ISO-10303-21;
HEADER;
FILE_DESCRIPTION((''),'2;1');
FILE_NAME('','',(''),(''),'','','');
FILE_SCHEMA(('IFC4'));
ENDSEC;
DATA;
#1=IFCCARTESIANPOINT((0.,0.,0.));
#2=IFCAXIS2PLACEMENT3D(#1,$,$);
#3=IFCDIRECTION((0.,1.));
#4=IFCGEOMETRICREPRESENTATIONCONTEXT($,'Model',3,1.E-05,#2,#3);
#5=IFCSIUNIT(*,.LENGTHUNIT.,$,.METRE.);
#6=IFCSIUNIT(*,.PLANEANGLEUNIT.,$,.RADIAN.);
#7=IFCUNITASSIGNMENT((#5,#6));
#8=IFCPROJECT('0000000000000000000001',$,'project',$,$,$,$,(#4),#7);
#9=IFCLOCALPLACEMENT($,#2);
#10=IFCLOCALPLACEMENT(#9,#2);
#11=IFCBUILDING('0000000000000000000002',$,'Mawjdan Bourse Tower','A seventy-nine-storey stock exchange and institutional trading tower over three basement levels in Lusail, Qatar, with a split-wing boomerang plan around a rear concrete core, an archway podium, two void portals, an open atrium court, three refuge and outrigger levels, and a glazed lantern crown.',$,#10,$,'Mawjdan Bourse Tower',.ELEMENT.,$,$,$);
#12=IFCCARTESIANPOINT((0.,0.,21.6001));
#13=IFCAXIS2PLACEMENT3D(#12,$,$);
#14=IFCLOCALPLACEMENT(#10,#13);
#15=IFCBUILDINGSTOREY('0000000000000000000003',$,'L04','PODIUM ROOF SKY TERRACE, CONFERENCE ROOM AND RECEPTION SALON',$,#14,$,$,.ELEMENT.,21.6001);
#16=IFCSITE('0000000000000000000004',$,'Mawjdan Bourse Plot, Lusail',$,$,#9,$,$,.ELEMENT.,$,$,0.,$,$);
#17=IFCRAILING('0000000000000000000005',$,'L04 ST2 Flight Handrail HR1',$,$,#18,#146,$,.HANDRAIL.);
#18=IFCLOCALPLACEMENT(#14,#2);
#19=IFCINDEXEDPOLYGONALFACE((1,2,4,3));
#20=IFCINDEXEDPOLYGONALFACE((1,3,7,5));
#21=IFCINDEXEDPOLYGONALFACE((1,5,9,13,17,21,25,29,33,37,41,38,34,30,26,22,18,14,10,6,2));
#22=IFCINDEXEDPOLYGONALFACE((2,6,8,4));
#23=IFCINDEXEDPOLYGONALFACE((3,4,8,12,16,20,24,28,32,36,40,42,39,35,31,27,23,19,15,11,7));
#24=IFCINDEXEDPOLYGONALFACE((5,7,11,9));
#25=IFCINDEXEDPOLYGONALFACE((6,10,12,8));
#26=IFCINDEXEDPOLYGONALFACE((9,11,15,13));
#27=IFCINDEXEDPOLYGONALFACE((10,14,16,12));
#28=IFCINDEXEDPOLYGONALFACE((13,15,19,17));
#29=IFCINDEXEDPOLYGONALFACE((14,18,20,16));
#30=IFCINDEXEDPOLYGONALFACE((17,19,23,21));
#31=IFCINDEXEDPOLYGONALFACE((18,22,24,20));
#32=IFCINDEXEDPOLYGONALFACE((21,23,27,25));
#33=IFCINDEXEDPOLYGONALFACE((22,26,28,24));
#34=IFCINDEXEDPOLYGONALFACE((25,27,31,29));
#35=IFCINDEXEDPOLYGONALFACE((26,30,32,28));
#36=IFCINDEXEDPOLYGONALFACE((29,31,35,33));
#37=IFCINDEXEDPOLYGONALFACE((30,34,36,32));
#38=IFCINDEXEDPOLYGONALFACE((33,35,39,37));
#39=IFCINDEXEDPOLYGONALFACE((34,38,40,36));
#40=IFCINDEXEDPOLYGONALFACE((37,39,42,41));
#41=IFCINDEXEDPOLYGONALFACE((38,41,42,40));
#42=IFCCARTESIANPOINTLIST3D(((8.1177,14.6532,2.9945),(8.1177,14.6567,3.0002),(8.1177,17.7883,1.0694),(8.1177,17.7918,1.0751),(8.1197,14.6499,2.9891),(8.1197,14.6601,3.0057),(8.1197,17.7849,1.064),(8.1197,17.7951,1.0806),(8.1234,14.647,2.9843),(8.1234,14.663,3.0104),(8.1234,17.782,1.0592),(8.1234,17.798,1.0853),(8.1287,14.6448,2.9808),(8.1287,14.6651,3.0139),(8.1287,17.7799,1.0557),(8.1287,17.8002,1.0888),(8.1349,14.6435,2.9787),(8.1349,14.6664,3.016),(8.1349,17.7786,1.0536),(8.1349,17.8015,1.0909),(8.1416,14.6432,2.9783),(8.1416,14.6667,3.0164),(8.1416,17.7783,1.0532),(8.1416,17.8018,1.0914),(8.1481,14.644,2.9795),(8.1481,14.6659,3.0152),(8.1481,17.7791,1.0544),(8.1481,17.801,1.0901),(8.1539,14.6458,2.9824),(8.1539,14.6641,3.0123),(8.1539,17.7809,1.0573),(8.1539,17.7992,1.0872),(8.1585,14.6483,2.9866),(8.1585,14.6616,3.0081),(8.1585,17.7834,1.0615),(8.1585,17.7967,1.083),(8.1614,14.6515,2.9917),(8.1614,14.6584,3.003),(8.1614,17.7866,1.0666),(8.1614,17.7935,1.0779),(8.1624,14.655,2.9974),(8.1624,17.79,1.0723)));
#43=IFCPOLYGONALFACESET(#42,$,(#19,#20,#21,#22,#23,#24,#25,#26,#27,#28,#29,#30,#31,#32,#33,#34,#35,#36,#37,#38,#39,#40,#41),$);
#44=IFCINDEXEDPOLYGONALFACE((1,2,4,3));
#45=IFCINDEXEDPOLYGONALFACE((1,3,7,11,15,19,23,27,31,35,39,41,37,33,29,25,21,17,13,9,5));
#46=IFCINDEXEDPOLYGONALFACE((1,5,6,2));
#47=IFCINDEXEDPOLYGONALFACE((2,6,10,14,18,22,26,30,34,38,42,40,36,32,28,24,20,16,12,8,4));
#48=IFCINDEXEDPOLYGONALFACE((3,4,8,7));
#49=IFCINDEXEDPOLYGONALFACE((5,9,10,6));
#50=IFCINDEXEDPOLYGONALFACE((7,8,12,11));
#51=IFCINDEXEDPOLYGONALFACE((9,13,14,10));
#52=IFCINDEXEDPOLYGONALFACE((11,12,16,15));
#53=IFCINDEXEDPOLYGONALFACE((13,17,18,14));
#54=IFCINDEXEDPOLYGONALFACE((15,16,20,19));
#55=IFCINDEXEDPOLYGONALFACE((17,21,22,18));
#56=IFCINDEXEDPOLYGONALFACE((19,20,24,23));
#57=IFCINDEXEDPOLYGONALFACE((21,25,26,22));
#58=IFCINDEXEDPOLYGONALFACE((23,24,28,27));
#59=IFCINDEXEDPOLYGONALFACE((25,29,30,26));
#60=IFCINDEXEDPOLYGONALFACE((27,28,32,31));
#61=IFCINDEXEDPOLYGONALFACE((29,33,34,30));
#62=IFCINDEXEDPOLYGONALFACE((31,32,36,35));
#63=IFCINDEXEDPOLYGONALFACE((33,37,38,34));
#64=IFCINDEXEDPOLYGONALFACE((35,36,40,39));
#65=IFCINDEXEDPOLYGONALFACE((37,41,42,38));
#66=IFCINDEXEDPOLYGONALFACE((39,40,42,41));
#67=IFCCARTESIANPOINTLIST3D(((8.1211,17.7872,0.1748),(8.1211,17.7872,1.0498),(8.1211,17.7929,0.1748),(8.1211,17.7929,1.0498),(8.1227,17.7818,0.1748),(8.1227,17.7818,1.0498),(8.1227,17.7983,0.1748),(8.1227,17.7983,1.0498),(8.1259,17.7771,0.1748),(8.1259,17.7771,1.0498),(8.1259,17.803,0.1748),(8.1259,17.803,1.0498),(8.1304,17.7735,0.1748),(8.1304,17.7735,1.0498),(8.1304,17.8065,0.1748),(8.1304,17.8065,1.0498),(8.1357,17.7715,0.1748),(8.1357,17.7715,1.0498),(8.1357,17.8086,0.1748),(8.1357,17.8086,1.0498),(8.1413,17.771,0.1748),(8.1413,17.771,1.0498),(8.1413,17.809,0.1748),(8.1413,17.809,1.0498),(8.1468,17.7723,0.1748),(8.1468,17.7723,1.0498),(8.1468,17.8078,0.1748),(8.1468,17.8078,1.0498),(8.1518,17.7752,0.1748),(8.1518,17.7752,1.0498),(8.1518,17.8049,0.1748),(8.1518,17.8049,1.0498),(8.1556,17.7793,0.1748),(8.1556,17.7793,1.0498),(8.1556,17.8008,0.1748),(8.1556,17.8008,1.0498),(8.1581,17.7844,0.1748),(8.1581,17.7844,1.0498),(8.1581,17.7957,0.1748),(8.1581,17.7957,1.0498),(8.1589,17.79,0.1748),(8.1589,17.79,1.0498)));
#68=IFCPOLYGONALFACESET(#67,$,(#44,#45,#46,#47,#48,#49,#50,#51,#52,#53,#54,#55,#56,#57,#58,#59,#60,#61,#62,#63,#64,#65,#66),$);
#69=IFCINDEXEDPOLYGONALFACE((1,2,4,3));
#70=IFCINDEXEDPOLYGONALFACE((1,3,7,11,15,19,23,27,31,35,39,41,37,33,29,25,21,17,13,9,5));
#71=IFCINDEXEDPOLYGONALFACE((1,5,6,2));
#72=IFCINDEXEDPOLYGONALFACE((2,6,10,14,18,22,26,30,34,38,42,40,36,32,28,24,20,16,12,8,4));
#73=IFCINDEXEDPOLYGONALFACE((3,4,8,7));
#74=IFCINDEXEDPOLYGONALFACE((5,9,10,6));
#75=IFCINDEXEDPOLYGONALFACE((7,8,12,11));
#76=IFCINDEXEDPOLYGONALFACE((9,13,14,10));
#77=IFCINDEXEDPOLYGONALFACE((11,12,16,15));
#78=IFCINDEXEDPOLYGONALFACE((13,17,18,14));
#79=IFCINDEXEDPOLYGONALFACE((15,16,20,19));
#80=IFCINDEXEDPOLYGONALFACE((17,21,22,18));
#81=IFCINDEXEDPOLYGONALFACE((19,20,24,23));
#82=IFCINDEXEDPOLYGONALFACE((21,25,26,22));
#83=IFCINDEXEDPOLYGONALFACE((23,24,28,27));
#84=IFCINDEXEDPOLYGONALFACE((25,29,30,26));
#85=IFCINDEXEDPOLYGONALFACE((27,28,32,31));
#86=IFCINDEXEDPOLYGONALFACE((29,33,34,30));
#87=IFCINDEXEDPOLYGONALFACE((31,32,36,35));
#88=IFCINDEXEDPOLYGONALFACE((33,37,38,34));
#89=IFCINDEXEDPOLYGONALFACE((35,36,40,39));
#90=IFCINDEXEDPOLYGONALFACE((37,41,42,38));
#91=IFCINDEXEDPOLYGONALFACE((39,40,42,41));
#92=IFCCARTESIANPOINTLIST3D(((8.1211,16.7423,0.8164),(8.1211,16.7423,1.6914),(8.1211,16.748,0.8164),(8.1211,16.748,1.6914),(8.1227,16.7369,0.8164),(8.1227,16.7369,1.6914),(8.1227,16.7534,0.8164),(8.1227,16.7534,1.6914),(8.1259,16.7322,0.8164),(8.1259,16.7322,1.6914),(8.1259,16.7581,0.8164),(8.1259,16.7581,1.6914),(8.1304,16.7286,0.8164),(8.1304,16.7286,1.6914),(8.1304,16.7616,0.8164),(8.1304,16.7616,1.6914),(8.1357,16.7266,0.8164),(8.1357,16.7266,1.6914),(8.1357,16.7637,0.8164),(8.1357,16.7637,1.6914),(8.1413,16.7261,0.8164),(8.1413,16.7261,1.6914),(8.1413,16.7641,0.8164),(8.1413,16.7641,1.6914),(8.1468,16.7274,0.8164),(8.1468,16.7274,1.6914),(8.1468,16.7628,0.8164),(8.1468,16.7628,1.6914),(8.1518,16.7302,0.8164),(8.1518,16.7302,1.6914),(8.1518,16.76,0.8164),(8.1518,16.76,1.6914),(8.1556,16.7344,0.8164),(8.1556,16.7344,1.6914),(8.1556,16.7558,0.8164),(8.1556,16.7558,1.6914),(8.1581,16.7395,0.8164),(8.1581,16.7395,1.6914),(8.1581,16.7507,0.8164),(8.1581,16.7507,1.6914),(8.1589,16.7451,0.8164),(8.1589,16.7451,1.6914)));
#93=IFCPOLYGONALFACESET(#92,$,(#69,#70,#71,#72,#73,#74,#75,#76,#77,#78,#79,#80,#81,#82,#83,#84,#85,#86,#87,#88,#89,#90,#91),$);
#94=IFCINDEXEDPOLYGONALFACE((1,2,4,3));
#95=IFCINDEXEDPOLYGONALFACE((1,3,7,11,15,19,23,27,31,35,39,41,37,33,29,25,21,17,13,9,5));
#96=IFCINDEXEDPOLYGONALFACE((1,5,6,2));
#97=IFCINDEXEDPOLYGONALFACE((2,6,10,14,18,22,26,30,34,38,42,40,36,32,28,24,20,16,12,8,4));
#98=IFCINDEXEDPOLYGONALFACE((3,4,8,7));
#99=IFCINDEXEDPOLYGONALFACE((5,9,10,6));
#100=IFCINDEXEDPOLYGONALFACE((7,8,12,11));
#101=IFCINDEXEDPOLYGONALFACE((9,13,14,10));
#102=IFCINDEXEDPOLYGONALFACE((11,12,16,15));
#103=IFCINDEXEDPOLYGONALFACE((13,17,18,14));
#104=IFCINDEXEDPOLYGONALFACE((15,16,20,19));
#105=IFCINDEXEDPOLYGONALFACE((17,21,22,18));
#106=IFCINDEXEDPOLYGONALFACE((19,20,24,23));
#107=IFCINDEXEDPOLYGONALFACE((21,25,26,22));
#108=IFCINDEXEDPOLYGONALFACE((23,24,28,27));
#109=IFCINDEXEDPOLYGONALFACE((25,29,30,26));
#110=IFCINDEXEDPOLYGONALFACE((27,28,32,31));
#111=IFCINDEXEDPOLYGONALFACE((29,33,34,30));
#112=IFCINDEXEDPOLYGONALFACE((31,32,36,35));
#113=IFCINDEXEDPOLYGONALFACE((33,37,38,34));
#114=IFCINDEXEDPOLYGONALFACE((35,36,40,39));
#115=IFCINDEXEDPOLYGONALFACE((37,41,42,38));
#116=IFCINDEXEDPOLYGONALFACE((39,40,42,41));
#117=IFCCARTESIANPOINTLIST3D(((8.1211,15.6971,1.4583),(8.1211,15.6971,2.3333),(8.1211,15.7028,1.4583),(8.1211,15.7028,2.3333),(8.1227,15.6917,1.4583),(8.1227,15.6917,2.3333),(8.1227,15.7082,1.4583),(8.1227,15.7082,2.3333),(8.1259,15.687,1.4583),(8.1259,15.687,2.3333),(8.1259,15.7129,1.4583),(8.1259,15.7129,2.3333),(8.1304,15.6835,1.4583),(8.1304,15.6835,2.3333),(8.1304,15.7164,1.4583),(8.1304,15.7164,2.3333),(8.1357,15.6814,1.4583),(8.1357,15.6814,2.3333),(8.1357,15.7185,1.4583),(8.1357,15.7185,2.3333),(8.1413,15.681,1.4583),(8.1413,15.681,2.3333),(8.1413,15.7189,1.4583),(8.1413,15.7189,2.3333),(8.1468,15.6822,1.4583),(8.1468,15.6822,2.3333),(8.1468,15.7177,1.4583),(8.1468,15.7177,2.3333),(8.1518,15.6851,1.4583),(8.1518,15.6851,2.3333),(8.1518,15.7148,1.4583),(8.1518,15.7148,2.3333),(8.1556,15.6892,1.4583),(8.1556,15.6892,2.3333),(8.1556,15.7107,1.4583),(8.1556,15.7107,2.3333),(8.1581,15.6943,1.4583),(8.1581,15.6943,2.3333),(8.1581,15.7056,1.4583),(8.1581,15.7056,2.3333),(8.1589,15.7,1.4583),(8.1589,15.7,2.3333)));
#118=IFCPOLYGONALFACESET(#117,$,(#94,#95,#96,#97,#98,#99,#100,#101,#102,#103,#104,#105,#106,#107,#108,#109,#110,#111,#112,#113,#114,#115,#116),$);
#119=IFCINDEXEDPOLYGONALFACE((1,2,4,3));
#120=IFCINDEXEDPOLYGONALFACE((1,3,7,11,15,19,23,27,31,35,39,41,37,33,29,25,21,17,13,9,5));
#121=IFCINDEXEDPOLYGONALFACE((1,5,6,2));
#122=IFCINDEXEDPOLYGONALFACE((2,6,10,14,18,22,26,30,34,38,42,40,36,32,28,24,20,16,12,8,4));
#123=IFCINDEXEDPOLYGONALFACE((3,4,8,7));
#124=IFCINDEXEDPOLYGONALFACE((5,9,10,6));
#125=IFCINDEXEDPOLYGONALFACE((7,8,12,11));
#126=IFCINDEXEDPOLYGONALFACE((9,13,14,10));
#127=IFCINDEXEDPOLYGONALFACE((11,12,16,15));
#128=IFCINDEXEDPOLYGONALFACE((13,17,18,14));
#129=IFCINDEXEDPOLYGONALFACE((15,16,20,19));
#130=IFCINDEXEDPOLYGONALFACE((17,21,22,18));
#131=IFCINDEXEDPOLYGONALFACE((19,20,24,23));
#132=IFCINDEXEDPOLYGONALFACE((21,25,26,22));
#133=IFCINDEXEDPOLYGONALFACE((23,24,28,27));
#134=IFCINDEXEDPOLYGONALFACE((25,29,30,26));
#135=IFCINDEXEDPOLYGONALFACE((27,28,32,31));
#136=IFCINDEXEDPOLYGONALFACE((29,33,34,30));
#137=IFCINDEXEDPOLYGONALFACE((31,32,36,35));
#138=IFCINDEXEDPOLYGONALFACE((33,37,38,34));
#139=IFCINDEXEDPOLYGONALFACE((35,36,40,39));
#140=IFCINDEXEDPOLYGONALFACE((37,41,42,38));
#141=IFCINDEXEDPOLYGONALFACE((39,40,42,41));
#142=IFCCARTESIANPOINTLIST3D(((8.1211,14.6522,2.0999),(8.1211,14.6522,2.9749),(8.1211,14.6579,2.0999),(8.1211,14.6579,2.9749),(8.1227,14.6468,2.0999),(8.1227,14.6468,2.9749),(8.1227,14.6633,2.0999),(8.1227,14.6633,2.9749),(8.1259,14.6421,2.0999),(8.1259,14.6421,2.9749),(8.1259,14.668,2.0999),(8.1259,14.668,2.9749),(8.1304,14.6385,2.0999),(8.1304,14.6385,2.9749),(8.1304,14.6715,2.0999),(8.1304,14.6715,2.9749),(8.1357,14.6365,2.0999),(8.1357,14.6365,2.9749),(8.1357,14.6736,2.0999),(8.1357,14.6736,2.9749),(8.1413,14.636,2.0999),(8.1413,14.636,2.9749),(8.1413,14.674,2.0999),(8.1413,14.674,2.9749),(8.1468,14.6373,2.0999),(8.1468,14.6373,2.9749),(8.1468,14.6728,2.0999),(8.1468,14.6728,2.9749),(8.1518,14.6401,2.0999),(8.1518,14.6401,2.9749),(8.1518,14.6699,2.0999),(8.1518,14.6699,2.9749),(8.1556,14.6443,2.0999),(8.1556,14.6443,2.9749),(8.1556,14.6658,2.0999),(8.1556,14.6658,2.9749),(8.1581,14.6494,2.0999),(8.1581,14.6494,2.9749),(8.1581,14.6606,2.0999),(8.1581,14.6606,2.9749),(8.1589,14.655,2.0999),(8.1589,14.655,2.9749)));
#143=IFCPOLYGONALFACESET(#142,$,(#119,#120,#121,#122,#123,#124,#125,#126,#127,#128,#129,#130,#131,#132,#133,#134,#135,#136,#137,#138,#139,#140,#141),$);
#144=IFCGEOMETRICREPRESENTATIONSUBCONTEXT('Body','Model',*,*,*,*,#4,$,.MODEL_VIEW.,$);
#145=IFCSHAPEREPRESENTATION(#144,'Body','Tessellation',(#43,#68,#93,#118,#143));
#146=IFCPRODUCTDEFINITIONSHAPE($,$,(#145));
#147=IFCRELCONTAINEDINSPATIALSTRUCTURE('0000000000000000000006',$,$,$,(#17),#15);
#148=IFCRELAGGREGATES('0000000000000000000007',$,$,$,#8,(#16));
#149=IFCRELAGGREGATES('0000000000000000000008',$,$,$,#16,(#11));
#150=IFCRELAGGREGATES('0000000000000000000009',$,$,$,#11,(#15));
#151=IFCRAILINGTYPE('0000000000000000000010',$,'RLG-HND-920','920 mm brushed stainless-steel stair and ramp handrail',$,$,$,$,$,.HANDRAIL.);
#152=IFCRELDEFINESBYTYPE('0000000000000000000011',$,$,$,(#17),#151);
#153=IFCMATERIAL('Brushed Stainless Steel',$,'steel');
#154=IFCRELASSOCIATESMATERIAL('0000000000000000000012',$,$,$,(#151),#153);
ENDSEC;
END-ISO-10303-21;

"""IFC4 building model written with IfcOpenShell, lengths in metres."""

from ifc_helpers import new_model, si_unit, direction, frame, origin, origin_2d, place, context, subcontext, project, spatial, circle, extrude, material, type_object, element, save


model = new_model("IFC4")

# Units and contexts
model_context = context("Model", 3, precision=1e-05, world=origin(), true_north=direction((0.0, 1.0)))
body_context = subcontext(model_context, "Body", "Model", "MODEL_VIEW")
ifc_project = project(units=[si_unit("LENGTHUNIT", "METRE"), si_unit("PLANEANGLEUNIT", "RADIAN")], contexts=[model_context])

# Site, building, storey
site_placement = place(None, origin())
site = spatial("IfcSite", under=ifc_project, at=site_placement, Name="Mawjdan Bourse Plot, Lusail", CompositionType="ELEMENT", RefElevation=0.0)
building_placement = place(site_placement, origin())
building = spatial("IfcBuilding", under=site, at=building_placement, Name="Mawjdan Bourse Tower", Description="A seventy-nine-storey stock exchange and institutional trading tower over three basement levels in Lusail, Qatar, with a split-wing boomerang plan around a rear concrete core, an archway podium, two void portals, an open atrium court, three refuge and outrigger levels, and a glazed lantern crown.", LongName="Mawjdan Bourse Tower", CompositionType="ELEMENT")
storey_placement = place(building_placement, frame((0.0, 0.0, 21.6001)))
storey = spatial("IfcBuildingStorey", under=building, at=storey_placement, Name="L04", Description="PODIUM ROOF SKY TERRACE, CONFERENCE ROOM AND RECEPTION SALON", CompositionType="ELEMENT", Elevation=21.6001)

# Railing
ifc_material_1 = material(Name="Brushed Stainless Steel", Category="steel")
railing_type_1 = type_object("IfcRailingType", Name="RLG-HND-920", Description="920 mm brushed stainless-steel stair and ramp handrail", PredefinedType="HANDRAIL", material=ifc_material_1)
for number, where, name in (
    (1, (8.1399, 17.79, 0.1748), "L04 ST2 Flight Handrail HR1"),
):
    element("IfcRailing", number, at=place(storey_placement, frame(where)), inside=storey, type_object=railing_type_1, Name=name, PredefinedType="HANDRAIL", context=body_context, shape_type="SweptSolid", body=[
        extrude(circle(Radius=0.0225, at=origin_2d()), frame((0.0, 0.0, 0.8975), z_axis=(0.0, -0.852166, 0.523271), x_axis=(1.0, 0.0, 0.0)), (0.0, 0.0, 1.0), 3.679),
        extrude(circle(Radius=0.019, at=origin_2d()), origin(), (0.0, 0.0, 1.0), 0.875),
        extrude(circle(Radius=0.019, at=origin_2d()), frame((0.0, -1.0449, 0.6416)), (0.0, 0.0, 1.0), 0.875),
        extrude(circle(Radius=0.019, at=origin_2d()), frame((0.0, -2.0901, 1.2834)), (0.0, 0.0, 1.0), 0.875),
        extrude(circle(Radius=0.019, at=origin_2d()), frame((0.0, -3.135, 1.925)), (0.0, 0.0, 1.0), 0.875),
    ])

save(model, "model.ifc")
